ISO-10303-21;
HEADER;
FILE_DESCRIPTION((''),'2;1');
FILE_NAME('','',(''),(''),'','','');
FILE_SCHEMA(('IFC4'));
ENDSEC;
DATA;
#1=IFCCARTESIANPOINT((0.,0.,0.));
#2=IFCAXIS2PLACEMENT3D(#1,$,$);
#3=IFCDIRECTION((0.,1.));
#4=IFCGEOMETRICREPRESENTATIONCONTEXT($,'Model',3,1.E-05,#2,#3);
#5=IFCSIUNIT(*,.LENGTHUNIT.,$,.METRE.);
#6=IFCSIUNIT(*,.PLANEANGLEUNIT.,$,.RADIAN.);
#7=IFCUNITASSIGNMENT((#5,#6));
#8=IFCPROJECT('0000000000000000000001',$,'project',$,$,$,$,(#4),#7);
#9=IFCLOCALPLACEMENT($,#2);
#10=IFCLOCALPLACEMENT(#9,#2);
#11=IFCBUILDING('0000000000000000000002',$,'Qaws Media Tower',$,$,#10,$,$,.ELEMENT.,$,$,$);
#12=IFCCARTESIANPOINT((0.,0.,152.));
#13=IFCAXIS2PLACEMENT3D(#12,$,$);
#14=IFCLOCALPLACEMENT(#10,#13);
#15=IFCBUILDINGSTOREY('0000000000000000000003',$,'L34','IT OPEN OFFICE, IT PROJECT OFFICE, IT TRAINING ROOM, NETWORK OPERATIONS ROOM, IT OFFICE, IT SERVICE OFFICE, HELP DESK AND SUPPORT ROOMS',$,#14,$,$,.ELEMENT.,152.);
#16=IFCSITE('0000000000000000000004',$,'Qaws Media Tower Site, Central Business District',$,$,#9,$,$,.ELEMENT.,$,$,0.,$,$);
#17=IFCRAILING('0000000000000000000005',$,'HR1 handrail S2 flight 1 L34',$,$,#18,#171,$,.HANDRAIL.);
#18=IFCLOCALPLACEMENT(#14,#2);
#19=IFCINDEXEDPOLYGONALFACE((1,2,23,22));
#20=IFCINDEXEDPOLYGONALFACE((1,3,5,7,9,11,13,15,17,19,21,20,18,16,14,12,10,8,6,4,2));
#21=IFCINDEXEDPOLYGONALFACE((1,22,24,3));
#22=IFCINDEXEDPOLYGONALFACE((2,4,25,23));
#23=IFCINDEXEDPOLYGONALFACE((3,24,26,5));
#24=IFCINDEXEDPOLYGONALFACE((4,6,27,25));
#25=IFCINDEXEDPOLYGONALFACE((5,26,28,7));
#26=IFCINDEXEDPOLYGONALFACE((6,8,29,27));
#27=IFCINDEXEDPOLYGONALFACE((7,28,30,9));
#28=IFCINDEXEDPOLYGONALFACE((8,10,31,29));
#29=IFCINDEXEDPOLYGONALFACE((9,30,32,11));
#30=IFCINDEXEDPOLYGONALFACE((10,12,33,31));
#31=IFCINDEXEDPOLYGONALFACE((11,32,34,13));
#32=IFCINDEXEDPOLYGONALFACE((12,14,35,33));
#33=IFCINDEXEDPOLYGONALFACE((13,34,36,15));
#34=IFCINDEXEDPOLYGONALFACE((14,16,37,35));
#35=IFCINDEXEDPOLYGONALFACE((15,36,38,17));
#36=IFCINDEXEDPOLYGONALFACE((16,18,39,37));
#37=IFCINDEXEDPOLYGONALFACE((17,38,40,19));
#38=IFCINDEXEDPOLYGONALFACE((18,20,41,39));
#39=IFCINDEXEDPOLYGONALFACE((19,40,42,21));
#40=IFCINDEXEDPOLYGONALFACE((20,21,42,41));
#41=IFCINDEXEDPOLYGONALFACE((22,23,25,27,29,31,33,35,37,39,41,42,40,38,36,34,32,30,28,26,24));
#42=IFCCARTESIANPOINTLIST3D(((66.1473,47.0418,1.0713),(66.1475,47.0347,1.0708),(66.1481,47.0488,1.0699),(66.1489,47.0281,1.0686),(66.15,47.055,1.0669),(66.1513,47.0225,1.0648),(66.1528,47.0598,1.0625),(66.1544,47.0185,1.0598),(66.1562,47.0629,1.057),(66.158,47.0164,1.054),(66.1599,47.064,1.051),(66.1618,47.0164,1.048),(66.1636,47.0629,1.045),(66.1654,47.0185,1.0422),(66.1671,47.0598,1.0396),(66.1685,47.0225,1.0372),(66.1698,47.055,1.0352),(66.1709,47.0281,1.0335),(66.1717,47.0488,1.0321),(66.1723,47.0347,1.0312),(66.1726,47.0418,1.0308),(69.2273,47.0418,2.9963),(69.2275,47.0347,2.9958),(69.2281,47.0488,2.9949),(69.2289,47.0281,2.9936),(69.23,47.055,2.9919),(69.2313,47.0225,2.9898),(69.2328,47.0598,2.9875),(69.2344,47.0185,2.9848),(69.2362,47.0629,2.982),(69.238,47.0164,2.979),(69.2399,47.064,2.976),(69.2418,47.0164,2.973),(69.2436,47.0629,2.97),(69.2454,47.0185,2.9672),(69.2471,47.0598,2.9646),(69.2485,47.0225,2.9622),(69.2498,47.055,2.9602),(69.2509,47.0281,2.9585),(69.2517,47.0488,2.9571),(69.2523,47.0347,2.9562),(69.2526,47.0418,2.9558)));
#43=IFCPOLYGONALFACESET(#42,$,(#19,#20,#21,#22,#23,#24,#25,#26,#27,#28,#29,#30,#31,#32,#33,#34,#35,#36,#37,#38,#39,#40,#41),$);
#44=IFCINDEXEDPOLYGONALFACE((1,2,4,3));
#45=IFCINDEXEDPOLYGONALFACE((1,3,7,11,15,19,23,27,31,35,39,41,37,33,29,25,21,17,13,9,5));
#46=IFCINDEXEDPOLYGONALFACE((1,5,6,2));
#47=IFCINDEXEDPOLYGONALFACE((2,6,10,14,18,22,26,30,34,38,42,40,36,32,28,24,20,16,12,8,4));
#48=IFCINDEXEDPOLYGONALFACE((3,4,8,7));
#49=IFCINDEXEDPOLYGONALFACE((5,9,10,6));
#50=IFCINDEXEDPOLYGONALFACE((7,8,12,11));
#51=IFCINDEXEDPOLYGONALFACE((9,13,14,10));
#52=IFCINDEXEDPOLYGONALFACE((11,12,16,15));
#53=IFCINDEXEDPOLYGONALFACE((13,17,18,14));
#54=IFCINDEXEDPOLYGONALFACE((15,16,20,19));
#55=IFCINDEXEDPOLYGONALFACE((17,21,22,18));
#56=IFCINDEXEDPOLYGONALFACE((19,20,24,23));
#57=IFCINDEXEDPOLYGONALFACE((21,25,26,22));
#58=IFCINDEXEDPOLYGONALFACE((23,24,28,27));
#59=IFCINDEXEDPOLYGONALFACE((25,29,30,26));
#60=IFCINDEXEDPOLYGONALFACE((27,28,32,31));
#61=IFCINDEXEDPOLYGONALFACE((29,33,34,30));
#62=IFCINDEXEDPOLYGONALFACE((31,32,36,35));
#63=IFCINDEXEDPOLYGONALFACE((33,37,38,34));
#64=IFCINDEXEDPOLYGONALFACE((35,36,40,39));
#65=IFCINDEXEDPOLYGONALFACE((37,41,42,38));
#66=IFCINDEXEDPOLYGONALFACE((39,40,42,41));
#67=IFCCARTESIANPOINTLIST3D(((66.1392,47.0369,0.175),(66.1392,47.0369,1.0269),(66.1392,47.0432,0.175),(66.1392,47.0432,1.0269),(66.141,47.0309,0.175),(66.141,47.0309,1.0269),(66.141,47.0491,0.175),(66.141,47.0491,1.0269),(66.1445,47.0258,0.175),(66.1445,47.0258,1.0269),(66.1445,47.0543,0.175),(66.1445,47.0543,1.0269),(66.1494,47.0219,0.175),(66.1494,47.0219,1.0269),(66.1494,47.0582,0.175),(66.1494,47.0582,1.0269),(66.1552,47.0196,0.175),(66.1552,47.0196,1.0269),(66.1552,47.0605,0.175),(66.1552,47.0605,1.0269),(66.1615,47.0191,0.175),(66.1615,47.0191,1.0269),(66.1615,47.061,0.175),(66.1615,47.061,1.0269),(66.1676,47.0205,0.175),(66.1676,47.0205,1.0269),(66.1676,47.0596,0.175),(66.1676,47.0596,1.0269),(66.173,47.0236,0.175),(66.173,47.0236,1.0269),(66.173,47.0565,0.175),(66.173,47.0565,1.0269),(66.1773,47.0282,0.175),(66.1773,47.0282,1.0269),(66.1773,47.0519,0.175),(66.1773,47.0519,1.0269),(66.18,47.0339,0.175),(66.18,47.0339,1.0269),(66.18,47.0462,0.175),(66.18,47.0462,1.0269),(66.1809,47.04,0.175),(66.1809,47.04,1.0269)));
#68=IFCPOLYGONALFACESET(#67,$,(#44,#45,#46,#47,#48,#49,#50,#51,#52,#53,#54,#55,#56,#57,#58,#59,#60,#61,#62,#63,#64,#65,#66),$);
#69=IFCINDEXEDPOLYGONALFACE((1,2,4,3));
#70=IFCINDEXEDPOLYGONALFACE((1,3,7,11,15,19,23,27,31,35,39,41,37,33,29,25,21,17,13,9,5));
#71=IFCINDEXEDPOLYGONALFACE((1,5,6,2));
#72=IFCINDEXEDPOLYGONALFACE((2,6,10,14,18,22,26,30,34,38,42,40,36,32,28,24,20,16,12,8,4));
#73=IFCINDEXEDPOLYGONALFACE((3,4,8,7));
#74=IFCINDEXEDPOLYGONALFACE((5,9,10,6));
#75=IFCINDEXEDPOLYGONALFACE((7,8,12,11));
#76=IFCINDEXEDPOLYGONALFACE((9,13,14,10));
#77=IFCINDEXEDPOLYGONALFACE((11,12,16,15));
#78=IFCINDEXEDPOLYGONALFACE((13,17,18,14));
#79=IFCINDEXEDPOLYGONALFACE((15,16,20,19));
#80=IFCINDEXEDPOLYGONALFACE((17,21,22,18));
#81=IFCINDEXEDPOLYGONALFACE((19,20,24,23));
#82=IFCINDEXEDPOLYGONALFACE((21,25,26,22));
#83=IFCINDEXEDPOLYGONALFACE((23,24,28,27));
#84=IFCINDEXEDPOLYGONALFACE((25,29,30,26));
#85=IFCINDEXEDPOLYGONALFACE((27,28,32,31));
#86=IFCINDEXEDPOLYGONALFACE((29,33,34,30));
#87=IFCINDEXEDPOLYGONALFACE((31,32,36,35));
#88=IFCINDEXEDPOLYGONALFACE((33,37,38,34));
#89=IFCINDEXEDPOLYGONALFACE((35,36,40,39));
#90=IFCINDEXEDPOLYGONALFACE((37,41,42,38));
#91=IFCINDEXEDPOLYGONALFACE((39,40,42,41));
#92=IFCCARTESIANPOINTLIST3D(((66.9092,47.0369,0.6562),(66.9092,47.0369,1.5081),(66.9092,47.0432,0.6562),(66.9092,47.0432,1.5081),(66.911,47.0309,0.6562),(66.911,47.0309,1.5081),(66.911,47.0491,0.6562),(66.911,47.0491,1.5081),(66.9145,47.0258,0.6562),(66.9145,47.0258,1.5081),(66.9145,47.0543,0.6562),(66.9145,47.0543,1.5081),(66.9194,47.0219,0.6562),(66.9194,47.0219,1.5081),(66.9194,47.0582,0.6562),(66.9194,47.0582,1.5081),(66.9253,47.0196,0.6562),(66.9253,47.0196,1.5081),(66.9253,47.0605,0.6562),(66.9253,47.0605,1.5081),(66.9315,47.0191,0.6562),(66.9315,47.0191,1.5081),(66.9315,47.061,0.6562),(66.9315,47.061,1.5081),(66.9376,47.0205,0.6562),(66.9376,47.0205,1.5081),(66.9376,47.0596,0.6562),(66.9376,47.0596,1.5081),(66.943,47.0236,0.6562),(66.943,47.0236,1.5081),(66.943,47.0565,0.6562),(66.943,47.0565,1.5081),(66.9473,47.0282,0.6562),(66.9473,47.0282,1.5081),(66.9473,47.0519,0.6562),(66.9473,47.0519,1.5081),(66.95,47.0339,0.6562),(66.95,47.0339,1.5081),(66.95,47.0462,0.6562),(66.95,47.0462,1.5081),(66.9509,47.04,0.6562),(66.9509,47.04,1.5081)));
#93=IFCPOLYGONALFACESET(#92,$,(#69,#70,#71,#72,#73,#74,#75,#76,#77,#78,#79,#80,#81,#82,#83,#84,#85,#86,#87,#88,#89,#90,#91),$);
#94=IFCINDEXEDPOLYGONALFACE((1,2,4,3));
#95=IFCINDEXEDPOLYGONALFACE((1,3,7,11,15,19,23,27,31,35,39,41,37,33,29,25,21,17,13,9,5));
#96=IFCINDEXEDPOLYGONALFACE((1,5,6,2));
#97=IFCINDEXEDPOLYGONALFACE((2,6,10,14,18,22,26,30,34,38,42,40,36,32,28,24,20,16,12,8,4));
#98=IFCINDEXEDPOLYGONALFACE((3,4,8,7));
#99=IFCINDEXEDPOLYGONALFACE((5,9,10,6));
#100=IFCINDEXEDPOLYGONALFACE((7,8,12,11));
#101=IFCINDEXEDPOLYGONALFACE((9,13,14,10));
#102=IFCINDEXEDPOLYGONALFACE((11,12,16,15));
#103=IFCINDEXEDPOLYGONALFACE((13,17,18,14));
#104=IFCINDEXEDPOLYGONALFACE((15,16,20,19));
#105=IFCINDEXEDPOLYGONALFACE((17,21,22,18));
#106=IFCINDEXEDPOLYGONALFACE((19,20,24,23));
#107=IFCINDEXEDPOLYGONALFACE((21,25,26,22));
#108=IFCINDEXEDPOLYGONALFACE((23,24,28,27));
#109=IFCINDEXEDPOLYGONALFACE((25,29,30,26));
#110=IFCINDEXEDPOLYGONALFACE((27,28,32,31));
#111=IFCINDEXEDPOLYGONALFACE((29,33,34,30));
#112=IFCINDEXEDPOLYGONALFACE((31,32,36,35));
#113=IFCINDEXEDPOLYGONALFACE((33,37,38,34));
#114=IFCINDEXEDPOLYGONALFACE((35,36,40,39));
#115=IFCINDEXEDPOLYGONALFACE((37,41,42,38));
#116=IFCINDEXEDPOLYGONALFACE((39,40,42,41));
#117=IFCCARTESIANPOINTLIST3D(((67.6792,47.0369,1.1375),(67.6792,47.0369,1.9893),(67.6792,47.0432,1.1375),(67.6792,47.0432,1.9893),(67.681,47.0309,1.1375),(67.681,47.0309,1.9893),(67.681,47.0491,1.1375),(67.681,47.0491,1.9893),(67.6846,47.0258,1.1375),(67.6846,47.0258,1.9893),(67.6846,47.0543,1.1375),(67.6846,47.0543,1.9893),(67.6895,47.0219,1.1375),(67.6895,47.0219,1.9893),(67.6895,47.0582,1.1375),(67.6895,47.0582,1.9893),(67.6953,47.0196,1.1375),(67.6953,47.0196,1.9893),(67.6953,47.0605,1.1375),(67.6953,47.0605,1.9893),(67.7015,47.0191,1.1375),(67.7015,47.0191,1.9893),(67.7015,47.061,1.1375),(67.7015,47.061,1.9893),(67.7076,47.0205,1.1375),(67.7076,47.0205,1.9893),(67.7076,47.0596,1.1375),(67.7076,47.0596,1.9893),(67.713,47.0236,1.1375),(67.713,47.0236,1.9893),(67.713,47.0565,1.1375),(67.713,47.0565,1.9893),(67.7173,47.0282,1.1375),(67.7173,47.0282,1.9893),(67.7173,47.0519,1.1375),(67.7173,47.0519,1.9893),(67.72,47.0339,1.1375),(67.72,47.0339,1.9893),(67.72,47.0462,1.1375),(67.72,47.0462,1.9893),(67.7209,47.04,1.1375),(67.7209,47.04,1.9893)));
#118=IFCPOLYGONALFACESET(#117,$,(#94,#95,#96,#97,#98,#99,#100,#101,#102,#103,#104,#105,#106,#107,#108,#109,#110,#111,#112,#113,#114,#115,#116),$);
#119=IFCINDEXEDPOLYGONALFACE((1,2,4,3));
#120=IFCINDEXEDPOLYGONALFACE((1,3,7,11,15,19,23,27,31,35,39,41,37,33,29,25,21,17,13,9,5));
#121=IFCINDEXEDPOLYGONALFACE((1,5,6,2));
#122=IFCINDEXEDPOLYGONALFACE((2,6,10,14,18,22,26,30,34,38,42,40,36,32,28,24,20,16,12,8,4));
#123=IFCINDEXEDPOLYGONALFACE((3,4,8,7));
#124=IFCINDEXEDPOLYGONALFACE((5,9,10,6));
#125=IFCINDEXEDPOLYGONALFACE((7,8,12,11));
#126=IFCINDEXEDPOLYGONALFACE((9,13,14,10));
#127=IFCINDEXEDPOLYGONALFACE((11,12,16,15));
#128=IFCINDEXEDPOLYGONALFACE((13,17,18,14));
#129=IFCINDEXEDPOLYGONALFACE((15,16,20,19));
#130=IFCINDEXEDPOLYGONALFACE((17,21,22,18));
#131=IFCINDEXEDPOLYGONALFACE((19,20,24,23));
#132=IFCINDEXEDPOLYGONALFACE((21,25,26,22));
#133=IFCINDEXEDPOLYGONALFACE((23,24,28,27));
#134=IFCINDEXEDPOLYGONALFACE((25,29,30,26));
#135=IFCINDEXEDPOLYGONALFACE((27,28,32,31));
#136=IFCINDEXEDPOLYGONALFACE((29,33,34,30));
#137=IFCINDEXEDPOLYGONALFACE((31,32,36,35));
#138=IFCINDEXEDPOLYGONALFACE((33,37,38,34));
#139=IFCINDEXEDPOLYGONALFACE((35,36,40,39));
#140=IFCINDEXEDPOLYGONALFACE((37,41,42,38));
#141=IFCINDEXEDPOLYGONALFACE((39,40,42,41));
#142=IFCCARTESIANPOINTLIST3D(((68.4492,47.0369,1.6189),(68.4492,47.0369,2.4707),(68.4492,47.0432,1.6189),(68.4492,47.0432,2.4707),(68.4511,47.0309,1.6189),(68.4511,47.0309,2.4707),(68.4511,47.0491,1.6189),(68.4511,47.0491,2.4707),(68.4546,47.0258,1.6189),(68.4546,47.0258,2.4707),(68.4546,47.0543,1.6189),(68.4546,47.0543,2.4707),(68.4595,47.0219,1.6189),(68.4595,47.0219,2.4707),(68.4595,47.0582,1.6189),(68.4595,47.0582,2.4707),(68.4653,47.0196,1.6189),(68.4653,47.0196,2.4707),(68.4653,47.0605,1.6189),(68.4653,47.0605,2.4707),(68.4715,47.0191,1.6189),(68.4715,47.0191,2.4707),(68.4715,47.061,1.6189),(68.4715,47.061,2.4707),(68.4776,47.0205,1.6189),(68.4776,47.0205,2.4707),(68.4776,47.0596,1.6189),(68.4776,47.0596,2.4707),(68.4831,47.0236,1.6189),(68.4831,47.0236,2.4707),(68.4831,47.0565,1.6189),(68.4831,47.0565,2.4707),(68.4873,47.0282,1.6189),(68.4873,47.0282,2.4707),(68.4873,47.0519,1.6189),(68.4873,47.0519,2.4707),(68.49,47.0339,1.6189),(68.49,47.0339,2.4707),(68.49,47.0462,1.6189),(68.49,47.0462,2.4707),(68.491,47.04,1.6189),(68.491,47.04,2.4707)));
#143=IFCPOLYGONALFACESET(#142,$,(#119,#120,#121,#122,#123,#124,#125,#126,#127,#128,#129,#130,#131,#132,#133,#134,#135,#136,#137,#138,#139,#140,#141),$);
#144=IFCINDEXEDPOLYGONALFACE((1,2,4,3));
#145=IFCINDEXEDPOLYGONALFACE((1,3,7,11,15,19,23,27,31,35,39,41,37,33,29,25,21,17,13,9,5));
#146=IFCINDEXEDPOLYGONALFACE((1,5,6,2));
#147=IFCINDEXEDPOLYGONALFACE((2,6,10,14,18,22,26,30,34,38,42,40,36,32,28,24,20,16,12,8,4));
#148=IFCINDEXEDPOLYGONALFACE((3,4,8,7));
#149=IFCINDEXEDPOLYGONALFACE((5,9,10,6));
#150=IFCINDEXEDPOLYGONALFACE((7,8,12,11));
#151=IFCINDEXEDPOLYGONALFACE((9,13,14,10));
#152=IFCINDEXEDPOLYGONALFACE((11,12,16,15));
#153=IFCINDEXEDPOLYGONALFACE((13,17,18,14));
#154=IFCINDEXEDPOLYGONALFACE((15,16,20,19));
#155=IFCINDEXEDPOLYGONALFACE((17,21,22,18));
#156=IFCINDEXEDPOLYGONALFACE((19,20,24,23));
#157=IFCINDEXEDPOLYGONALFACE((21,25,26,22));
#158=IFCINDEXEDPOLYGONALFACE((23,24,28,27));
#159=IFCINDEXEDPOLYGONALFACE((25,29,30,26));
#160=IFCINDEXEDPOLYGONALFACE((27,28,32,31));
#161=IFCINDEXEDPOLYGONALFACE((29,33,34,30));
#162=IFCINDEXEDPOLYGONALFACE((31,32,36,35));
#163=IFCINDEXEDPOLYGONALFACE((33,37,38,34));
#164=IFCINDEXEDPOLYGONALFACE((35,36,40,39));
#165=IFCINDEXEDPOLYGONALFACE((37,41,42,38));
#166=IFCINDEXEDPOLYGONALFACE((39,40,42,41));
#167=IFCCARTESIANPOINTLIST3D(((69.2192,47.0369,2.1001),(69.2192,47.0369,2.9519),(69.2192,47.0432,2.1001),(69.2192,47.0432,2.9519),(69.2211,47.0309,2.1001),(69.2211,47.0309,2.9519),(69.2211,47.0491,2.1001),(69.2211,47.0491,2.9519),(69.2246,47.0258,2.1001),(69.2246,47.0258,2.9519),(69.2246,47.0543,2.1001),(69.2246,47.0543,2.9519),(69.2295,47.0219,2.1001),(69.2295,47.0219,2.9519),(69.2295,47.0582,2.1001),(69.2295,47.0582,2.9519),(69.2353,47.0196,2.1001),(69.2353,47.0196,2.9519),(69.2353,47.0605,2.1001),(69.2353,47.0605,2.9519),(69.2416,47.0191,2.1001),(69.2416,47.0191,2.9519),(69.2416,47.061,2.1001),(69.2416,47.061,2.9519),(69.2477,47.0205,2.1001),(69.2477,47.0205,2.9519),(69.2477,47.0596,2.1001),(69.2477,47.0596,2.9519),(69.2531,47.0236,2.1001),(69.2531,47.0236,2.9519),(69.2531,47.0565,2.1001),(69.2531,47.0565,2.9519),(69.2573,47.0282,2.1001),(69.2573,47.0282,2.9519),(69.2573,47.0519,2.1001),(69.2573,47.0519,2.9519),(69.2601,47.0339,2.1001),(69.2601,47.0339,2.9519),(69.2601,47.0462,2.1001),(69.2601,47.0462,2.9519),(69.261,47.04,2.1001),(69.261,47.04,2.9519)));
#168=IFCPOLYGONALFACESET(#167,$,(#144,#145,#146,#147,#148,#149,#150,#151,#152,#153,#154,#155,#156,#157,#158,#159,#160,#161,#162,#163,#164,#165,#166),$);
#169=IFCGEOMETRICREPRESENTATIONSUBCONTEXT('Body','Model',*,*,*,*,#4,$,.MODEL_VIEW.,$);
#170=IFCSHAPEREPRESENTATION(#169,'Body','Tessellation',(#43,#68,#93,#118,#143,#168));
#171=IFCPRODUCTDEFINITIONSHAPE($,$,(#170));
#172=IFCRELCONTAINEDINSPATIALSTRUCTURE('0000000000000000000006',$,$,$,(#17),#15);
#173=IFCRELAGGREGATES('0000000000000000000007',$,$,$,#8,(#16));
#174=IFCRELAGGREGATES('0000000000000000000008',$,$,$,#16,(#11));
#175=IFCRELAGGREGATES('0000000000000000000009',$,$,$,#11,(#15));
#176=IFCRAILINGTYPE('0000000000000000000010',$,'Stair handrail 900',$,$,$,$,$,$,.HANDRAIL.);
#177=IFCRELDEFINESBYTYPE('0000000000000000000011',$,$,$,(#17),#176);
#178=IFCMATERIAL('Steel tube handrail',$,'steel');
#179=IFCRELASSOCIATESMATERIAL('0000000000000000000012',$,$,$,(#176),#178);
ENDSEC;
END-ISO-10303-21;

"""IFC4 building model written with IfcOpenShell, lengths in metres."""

from ifc_helpers import new_model, si_unit, direction, frame, origin, origin_2d, place, context, subcontext, project, spatial, circle, extrude, material, type_object, element, save


model = new_model("IFC4")

# Units and contexts
model_context = context("Model", 3, precision=1e-05, world=origin(), true_north=direction((0.0, 1.0)))
body_context = subcontext(model_context, "Body", "Model", "MODEL_VIEW")
ifc_project = project(units=[si_unit("LENGTHUNIT", "METRE"), si_unit("PLANEANGLEUNIT", "RADIAN")], contexts=[model_context])

# Site, building, storey
site_placement = place(None, origin())
site = spatial("IfcSite", under=ifc_project, at=site_placement, Name="Qaws Media Tower Site, Central Business District", CompositionType="ELEMENT", RefElevation=0.0)
building_placement = place(site_placement, origin())
building = spatial("IfcBuilding", under=site, at=building_placement, Name="Qaws Media Tower", CompositionType="ELEMENT")
storey_placement = place(building_placement, frame((0.0, 0.0, 152.0)))
storey = spatial("IfcBuildingStorey", under=building, at=storey_placement, Name="L34", Description="IT OPEN OFFICE, IT PROJECT OFFICE, IT TRAINING ROOM, NETWORK OPERATIONS ROOM, IT OFFICE, IT SERVICE OFFICE, HELP DESK AND SUPPORT ROOMS", CompositionType="ELEMENT", Elevation=152.0)

# Railing
ifc_material_1 = material(Name="Steel tube handrail", Category="steel")
railing_type = type_object("IfcRailingType", Name="Stair handrail 900", PredefinedType="HANDRAIL", material=ifc_material_1)
for number, where, name in (
    (1, (66.1599, 47.04, 0.175), "HR1 handrail S2 flight 1 L34"),
):
    element("IfcRailing", number, at=place(storey_placement, frame(where)), inside=storey, type_object=railing_type, Name=name, PredefinedType="HANDRAIL", context=body_context, shape_type="SweptSolid", body=[
        extrude(circle(Radius=0.0239, at=origin_2d()), frame((0.0, 0.0, 0.876), z_axis=(0.847998, 0.0, 0.529999), x_axis=(0.0, 1.0, 0.0)), (0.0, 0.0, 1.0), 3.6321),
        extrude(circle(Radius=0.021, at=origin_2d()), origin(), (0.0, 0.0, 1.0), 0.8518),
        extrude(circle(Radius=0.021, at=origin_2d()), frame((0.77, 0.0, 0.4812)), (0.0, 0.0, 1.0), 0.8518),
        extrude(circle(Radius=0.021, at=origin_2d()), frame((1.54, 0.0, 0.9624)), (0.0, 0.0, 1.0), 0.8518),
        extrude(circle(Radius=0.021, at=origin_2d()), frame((2.3101, 0.0, 1.4438)), (0.0, 0.0, 1.0), 0.8518),
        extrude(circle(Radius=0.021, at=origin_2d()), frame((3.0801, 0.0, 1.925)), (0.0, 0.0, 1.0), 0.8518),
    ])

save(model, "model.ifc")
